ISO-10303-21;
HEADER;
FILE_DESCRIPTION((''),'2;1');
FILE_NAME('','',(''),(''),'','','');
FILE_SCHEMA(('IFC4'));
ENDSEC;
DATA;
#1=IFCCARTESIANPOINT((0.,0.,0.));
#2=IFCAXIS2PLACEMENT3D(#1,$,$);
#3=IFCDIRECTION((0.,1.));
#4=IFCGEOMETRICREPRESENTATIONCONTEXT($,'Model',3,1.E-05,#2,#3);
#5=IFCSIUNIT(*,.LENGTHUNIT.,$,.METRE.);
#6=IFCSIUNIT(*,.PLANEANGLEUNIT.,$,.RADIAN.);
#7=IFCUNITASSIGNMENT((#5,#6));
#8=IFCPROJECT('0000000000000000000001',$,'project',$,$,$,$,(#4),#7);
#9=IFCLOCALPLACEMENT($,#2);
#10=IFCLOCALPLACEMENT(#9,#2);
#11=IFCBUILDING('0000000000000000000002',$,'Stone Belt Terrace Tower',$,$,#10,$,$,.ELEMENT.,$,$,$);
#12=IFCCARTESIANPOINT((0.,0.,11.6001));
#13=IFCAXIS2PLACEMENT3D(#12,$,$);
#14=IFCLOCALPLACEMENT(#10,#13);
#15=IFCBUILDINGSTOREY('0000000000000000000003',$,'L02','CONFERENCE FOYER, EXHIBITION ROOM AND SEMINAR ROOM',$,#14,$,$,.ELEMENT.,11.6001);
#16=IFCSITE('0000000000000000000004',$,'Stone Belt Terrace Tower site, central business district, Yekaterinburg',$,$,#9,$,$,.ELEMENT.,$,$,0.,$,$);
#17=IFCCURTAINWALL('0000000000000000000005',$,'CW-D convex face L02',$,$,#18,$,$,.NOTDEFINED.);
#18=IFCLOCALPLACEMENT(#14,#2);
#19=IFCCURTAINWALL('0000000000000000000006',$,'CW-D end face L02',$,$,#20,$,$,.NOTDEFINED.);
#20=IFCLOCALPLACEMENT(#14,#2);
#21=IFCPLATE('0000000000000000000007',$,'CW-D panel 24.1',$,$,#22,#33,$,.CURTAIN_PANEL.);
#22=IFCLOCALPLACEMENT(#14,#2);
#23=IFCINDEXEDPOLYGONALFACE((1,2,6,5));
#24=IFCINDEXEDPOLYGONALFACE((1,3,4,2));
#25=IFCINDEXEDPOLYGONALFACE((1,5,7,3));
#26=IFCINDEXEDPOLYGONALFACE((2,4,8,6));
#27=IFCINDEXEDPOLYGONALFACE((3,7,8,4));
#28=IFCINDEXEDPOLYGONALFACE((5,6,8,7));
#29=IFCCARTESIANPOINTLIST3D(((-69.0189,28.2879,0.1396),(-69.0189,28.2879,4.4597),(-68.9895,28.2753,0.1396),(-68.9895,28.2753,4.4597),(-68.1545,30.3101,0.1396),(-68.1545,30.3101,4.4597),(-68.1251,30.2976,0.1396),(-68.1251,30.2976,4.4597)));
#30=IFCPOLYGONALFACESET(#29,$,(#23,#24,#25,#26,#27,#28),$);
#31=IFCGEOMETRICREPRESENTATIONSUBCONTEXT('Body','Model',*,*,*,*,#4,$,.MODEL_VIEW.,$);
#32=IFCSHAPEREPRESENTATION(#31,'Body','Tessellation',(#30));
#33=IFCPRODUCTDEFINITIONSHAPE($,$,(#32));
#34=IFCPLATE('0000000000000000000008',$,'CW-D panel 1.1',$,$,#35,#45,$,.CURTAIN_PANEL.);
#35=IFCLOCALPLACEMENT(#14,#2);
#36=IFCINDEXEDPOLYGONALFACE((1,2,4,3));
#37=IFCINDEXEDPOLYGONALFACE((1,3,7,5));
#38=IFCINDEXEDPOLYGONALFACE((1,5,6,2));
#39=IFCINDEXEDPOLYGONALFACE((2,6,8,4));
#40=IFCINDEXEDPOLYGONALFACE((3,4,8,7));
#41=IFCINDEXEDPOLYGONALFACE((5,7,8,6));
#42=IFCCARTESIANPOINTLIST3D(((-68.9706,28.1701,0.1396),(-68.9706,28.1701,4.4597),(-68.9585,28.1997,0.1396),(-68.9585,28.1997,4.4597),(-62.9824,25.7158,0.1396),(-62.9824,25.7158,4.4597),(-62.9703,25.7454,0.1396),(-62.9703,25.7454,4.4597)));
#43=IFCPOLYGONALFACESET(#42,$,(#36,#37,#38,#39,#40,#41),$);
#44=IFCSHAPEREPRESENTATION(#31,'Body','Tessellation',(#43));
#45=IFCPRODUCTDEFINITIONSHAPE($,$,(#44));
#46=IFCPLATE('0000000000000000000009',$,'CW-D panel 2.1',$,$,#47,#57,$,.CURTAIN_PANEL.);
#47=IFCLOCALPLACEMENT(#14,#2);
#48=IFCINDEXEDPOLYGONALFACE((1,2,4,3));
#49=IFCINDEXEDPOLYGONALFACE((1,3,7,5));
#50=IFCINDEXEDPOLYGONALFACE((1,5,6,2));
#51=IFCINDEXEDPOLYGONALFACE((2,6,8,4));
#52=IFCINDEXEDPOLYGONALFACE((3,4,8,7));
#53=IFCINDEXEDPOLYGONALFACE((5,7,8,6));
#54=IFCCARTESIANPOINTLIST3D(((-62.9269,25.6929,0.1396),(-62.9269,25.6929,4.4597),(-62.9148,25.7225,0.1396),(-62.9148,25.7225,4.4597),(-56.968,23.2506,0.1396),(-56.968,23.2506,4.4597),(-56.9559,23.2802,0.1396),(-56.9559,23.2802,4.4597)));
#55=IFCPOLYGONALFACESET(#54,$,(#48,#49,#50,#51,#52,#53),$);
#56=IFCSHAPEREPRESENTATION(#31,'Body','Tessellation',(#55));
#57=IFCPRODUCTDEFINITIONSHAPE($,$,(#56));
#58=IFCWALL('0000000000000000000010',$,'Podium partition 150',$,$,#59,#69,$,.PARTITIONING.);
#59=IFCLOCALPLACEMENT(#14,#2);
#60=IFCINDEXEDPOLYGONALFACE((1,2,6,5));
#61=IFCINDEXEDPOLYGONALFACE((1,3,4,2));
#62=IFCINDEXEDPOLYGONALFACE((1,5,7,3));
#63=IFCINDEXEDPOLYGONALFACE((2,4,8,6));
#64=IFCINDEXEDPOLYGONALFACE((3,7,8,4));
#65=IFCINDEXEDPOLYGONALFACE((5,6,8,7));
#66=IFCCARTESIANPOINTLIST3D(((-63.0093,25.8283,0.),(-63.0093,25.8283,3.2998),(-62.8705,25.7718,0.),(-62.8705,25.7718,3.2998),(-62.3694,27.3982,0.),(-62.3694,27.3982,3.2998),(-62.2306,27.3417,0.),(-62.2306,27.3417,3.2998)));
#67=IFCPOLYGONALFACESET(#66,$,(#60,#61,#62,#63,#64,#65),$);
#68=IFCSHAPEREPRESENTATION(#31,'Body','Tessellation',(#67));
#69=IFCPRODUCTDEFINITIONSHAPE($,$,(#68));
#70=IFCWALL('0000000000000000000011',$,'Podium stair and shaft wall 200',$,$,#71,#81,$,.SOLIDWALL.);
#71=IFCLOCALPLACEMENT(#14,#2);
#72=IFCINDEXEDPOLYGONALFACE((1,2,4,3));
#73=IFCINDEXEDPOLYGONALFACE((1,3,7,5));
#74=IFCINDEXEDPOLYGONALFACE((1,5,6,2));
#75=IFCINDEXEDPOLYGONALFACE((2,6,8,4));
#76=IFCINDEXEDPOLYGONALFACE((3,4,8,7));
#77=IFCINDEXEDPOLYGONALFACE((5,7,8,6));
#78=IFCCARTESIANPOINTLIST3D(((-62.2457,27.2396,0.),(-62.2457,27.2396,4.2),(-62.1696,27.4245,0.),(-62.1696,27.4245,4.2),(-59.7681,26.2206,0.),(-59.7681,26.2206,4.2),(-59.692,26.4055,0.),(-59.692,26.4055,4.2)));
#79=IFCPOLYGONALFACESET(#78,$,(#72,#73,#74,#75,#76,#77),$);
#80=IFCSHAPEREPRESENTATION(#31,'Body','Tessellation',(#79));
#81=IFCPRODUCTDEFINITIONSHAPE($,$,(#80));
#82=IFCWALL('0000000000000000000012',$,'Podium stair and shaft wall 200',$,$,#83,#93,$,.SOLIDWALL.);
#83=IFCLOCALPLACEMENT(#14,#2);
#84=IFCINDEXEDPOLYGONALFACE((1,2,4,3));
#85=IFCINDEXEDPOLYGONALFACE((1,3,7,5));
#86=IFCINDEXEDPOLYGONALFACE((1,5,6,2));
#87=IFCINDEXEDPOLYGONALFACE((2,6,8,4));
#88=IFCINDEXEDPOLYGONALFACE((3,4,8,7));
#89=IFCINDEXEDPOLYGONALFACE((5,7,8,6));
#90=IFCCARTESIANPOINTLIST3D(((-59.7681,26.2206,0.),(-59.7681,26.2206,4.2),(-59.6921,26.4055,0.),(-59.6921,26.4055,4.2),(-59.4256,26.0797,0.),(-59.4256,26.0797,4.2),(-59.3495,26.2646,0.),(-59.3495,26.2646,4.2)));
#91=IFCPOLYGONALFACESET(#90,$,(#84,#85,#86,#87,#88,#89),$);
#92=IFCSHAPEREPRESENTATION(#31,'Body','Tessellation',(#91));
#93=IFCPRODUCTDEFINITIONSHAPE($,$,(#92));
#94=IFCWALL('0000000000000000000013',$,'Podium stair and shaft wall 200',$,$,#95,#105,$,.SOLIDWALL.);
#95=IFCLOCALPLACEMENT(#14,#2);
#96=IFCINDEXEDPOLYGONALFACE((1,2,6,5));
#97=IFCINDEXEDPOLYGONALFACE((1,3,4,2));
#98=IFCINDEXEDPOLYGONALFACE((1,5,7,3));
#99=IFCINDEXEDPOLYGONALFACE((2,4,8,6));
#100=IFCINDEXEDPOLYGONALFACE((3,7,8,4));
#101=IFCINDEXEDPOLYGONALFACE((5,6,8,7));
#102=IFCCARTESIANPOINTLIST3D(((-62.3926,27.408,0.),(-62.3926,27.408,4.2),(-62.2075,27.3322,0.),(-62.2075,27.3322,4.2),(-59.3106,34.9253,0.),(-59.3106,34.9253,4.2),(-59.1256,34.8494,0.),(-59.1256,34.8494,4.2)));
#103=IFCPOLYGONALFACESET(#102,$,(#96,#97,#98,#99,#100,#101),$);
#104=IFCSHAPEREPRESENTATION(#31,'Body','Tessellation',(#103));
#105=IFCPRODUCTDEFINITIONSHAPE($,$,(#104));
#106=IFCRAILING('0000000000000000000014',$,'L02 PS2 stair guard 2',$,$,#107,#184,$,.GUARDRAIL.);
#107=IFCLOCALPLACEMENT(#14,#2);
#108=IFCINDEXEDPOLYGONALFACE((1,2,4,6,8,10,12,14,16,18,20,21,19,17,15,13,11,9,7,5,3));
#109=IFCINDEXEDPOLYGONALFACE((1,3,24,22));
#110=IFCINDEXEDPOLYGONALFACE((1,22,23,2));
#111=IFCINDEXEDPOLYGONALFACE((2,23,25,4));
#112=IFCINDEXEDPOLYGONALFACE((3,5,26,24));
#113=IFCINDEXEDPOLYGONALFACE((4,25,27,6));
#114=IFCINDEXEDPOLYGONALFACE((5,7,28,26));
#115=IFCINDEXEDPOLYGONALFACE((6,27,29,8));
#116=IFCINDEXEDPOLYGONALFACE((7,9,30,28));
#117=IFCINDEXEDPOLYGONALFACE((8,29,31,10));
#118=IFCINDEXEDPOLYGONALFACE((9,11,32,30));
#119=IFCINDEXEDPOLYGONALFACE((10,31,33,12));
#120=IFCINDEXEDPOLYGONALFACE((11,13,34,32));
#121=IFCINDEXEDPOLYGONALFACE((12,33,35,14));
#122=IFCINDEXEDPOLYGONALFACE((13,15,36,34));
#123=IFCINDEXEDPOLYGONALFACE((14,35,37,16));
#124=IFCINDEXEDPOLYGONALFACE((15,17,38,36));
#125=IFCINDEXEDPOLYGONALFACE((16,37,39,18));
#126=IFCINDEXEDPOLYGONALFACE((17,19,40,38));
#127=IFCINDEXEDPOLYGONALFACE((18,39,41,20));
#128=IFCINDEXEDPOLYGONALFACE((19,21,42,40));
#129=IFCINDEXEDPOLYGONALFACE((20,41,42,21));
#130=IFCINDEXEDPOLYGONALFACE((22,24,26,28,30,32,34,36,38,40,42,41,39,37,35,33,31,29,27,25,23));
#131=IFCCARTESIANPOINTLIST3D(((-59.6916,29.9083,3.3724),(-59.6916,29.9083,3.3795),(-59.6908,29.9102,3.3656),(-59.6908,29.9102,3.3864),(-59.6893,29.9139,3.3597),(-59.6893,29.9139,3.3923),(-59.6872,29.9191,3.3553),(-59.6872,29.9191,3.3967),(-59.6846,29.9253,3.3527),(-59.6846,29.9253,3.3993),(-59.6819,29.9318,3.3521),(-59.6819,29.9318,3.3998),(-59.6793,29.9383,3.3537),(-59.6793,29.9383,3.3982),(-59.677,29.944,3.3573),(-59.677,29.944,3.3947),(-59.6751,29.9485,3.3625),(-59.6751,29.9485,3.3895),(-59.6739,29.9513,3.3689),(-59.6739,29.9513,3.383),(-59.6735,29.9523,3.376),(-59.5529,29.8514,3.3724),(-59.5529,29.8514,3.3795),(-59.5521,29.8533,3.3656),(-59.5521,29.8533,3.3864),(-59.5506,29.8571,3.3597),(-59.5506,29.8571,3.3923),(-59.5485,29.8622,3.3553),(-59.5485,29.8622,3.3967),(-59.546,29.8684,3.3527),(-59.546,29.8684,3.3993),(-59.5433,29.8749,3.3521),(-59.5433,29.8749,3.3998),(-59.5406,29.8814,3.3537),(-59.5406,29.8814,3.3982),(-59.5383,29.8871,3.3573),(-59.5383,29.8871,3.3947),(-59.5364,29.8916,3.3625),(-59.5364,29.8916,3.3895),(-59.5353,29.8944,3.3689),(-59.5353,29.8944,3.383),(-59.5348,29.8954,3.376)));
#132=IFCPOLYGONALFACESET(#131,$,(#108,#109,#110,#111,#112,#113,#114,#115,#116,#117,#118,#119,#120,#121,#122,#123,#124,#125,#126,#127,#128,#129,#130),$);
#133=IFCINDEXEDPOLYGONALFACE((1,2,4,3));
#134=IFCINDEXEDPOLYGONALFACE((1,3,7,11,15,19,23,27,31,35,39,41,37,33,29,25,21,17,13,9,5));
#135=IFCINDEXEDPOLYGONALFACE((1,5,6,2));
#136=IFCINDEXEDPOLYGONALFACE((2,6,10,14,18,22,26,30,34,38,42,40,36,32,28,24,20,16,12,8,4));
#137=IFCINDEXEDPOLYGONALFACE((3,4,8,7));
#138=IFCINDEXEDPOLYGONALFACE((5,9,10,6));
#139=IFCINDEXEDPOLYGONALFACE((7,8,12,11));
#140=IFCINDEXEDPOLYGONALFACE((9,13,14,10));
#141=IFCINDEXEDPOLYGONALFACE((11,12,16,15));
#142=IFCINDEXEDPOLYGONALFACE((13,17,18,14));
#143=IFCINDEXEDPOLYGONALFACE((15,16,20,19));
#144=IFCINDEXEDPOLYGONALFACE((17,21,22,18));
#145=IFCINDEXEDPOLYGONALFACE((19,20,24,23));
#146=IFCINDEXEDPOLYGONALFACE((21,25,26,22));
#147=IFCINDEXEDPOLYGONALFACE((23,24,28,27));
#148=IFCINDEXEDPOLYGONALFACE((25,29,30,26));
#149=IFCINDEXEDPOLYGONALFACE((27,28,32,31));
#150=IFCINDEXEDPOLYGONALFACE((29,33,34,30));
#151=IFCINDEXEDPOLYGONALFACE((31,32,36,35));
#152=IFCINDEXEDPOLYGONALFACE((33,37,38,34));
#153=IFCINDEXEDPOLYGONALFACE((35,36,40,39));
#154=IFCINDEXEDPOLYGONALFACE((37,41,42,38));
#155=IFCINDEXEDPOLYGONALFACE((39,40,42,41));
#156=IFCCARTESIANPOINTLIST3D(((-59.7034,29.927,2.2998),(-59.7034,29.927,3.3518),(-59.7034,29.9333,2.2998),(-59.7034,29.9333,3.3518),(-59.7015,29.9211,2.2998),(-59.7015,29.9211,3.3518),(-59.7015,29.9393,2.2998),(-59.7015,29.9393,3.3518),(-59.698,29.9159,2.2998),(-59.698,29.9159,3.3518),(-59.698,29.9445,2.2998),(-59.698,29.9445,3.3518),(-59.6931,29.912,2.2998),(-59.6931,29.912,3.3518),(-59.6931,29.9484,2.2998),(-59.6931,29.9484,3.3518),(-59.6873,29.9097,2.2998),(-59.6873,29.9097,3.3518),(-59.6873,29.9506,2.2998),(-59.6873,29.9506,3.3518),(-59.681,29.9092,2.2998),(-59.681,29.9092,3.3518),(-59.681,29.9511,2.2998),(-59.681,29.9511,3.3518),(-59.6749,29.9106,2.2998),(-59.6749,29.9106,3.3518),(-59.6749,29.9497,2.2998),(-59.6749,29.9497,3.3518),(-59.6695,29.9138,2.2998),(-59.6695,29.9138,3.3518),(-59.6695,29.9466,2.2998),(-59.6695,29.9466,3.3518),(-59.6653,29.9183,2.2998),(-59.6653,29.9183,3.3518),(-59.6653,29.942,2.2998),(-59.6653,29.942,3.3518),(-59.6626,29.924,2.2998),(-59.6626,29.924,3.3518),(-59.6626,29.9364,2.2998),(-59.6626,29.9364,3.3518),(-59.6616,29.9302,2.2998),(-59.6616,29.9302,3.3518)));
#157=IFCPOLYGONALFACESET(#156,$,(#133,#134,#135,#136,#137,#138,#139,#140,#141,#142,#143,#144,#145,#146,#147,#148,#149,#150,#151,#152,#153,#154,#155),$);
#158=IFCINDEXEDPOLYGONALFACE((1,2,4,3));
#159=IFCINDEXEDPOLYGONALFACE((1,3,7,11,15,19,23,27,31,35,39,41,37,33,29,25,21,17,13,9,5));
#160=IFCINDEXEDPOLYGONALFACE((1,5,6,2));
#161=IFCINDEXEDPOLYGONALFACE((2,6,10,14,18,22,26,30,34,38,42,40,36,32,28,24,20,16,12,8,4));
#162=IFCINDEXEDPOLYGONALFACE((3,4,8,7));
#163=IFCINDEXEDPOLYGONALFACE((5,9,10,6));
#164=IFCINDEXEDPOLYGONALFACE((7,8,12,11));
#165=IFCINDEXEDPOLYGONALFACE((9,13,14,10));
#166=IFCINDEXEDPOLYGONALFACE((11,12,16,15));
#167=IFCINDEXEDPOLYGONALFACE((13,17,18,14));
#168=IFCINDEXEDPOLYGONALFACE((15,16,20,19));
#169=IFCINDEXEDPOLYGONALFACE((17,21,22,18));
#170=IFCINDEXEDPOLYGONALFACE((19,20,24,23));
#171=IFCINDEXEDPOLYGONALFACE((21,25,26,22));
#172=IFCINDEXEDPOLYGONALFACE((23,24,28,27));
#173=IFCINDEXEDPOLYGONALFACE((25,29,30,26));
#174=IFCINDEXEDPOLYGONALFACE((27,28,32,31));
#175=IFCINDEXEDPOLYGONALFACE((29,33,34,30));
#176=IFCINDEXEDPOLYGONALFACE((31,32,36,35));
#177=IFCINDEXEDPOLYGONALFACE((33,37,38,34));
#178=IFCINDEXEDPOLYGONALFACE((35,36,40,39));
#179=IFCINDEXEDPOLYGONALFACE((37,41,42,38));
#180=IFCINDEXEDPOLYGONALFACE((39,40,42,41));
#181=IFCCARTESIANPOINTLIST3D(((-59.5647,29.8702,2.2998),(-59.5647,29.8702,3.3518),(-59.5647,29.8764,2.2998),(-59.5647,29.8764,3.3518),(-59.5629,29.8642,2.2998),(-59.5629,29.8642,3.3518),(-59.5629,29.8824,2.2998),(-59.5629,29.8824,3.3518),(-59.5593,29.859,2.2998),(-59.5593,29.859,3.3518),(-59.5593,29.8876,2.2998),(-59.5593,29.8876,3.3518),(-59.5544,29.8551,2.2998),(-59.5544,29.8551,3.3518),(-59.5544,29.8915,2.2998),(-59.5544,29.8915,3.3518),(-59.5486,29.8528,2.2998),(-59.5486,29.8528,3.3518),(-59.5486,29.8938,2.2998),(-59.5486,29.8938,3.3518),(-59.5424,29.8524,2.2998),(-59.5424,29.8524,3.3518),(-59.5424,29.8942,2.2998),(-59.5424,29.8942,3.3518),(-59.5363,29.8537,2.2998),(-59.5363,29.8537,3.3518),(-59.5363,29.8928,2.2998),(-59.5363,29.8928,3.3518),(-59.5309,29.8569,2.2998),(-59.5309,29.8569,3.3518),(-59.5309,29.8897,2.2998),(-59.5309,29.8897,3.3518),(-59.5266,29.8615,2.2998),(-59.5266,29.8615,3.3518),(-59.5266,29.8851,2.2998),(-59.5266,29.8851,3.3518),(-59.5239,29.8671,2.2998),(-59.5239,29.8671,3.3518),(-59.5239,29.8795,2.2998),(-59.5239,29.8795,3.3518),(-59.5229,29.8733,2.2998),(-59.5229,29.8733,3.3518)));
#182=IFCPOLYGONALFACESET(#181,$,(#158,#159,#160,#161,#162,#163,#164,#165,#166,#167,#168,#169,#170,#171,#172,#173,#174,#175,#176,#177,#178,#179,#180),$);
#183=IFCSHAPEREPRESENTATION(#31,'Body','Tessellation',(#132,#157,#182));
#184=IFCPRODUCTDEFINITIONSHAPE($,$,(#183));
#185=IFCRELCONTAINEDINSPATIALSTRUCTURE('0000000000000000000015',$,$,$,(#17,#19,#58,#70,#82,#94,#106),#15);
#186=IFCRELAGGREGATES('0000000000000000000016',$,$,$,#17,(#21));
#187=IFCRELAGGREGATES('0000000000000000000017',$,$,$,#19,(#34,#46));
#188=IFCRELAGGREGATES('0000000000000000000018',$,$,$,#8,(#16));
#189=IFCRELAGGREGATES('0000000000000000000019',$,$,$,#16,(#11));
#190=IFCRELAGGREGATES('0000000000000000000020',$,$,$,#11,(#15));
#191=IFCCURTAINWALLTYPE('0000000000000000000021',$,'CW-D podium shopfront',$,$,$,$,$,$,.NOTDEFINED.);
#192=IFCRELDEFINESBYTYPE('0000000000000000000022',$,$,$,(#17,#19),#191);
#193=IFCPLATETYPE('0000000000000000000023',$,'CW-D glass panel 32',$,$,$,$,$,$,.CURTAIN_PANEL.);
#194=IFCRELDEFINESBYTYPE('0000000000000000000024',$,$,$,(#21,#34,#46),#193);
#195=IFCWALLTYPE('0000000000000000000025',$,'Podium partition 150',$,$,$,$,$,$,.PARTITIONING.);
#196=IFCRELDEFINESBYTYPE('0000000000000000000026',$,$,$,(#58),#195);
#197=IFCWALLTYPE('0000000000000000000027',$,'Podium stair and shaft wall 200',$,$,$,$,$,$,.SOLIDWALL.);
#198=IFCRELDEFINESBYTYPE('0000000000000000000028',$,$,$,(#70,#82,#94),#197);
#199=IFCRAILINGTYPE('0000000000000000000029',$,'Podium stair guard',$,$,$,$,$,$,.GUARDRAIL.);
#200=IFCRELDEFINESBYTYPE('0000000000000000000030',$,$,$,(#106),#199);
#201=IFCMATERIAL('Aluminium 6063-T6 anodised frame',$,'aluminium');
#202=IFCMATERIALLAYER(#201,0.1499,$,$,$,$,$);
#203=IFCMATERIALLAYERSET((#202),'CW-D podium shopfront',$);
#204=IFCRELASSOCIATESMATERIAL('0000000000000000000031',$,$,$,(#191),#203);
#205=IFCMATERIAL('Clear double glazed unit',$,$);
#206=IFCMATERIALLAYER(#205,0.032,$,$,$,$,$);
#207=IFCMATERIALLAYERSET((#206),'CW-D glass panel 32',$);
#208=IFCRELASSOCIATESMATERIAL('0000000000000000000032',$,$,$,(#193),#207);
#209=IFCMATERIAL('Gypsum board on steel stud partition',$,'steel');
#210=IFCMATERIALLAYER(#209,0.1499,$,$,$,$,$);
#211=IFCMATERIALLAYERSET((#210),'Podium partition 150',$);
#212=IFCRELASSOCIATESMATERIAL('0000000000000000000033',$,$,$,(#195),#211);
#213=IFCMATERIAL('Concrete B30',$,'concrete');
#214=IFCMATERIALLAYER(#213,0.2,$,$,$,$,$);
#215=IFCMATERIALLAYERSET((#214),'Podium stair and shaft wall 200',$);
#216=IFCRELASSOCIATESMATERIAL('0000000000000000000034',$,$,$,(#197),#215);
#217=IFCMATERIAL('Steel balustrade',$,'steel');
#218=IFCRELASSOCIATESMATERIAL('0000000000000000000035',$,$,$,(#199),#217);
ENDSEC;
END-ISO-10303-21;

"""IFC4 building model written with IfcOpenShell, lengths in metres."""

from ifc_helpers import new_model, si_unit, direction, frame, frame_2d, origin, origin_2d, place, context, subcontext, project, spatial, rectangle, circle, extrude, material, layer, layer_set, type_object, element, aggregate, save


model = new_model("IFC4")

# Units and contexts
model_context = context("Model", 3, precision=1e-05, world=origin(), true_north=direction((0.0, 1.0)))
body_context = subcontext(model_context, "Body", "Model", "MODEL_VIEW")
ifc_project = project(units=[si_unit("LENGTHUNIT", "METRE"), si_unit("PLANEANGLEUNIT", "RADIAN")], contexts=[model_context])

# Site, building, storey
site_placement = place(None, origin())
site = spatial("IfcSite", under=ifc_project, at=site_placement, Name="Stone Belt Terrace Tower site, central business district, Yekaterinburg", CompositionType="ELEMENT", RefElevation=0.0)
building_placement = place(site_placement, origin())
building = spatial("IfcBuilding", under=site, at=building_placement, Name="Stone Belt Terrace Tower", CompositionType="ELEMENT")
storey_placement = place(building_placement, frame((0.0, 0.0, 11.6001)))
storey = spatial("IfcBuildingStorey", under=building, at=storey_placement, Name="L02", Description="CONFERENCE FOYER, EXHIBITION ROOM AND SEMINAR ROOM", CompositionType="ELEMENT", Elevation=11.6001)

# Curtain wall
ifc_material_1 = material(Name="Aluminium 6063-T6 anodised frame", Category="aluminium")
ifc_layer_1 = layer(ifc_material_1, 0.1499)
ifc_layer_set_1 = layer_set([ifc_layer_1], Name="CW-D podium shopfront")
curtain_wall_type = type_object("IfcCurtainWallType", Name="CW-D podium shopfront", PredefinedType="NOTDEFINED", material=ifc_layer_set_1)
curtain_wall_1_placement = place(storey_placement, origin())
curtain_wall_1 = element("IfcCurtainWall", 1, at=curtain_wall_1_placement, inside=storey, type_object=curtain_wall_type, Name="CW-D convex face L02", PredefinedType="NOTDEFINED")

# Curtain wall
curtain_wall_2_placement = place(storey_placement, origin())
curtain_wall_2 = element("IfcCurtainWall", 2, at=curtain_wall_2_placement, inside=storey, type_object=curtain_wall_type, Name="CW-D end face L02", PredefinedType="NOTDEFINED")

# Plates
ifc_material_2 = material(Name="Clear double glazed unit")
ifc_layer_2 = layer(ifc_material_2, 0.032)
ifc_layer_set_2 = layer_set([ifc_layer_2], Name="CW-D glass panel 32")
plate_type = type_object("IfcPlateType", Name="CW-D glass panel 32", PredefinedType="CURTAIN_PANEL", material=ifc_layer_set_2)
plate_1_placement = place(storey_placement, frame((-68.572, 29.2927, 0.1396), z_axis=(0.0, 0.0, 1.0), x_axis=(-0.393034, -0.919524, 0.0)))
plate_1 = element("IfcPlate", 3, at=plate_1_placement, type_object=plate_type, Name="CW-D panel 24.1", PredefinedType="CURTAIN_PANEL", context=body_context, shape_type="SweptSolid", body=[
    extrude(rectangle(XDim=2.1992, YDim=0.032, at=origin_2d()), origin(), (0.0, 0.0, 1.0), 4.3201),
])
aggregate(curtain_wall_1, [plate_1])
plate_2_placement = place(storey_placement, frame((-65.9705, 26.9578, 0.1396), z_axis=(0.0, 0.0, 1.0), x_axis=(0.925297, -0.379243, 0.0)))
plate_2 = element("IfcPlate", 4, at=plate_2_placement, type_object=plate_type, Name="CW-D panel 1.1", PredefinedType="CURTAIN_PANEL", context=body_context, shape_type="SweptSolid", body=[
    extrude(rectangle(XDim=6.4717, YDim=0.032, at=origin_2d()), origin(), (0.0, 0.0, 1.0), 4.3201),
])
plate_3_placement = place(storey_placement, frame((-59.9414, 24.4866, 0.1396), z_axis=(0.0, 0.0, 1.0), x_axis=(0.925297, -0.379243, 0.0)))
plate_3 = element("IfcPlate", 5, at=plate_3_placement, type_object=plate_type, Name="CW-D panel 2.1", PredefinedType="CURTAIN_PANEL", context=body_context, shape_type="SweptSolid", body=[
    extrude(rectangle(XDim=6.4399, YDim=0.032, at=origin_2d()), origin(), (0.0, 0.0, 1.0), 4.3201),
])
aggregate(curtain_wall_2, [plate_2, plate_3])

# Walls
ifc_material_3 = material(Name="Gypsum board on steel stud partition", Category="steel")
ifc_layer_3 = layer(ifc_material_3, 0.1499)
ifc_layer_set_3 = layer_set([ifc_layer_3], Name="Podium partition 150")
wall_type_1 = type_object("IfcWallType", Name="Podium partition 150", PredefinedType="PARTITIONING", material=ifc_layer_set_3)
wall_1_placement = place(storey_placement, frame((-62.9399, 25.8, 0.0), z_axis=(0.0, 0.0, 1.0), x_axis=(0.377466, 0.926023, 0.0)))
element("IfcWall", 6, at=wall_1_placement, inside=storey, type_object=wall_type_1, Name="Podium partition 150", PredefinedType="PARTITIONING", context=body_context, shape_type="SweptSolid", body=[
    extrude(rectangle(XDim=1.6953, YDim=0.1499, at=frame_2d((0.8477, 0.0))), origin(), (0.0, 0.0, 1.0), 3.2998),
])
ifc_material_4 = material(Name="Concrete B30", Category="concrete")
ifc_layer_4 = layer(ifc_material_4, 0.2)
ifc_layer_set_4 = layer_set([ifc_layer_4], Name="Podium stair and shaft wall 200")
wall_type_2 = type_object("IfcWallType", Name="Podium stair and shaft wall 200", PredefinedType="SOLIDWALL", material=ifc_layer_set_4)
wall_2_placement = place(storey_placement, frame((-62.2075, 27.332, 0.0), z_axis=(0.0, 0.0, 1.0), x_axis=(0.924825, -0.380392, 0.0)))
element("IfcWall", 7, at=wall_2_placement, inside=storey, type_object=wall_type_2, Name="Podium stair and shaft wall 200", PredefinedType="SOLIDWALL", context=body_context, shape_type="SweptSolid", body=[
    extrude(rectangle(XDim=2.679, YDim=0.2, at=frame_2d((1.3394, 0.0))), origin(), (0.0, 0.0, 1.0), 4.2),
])
wall_3_placement = place(storey_placement, frame((-59.73, 26.313, 0.0), z_axis=(0.0, 0.0, 1.0), x_axis=(0.924842, -0.380352, 0.0)))
element("IfcWall", 8, at=wall_3_placement, inside=storey, type_object=wall_type_2, Name="Podium stair and shaft wall 200", PredefinedType="SOLIDWALL", context=body_context, shape_type="SweptSolid", body=[
    extrude(rectangle(XDim=0.3704, YDim=0.2, at=frame_2d((0.1851, 0.0))), origin(), (0.0, 0.0, 1.0), 4.2),
])
wall_4_placement = place(storey_placement, frame((-62.3, 27.3701, 0.0), z_axis=(0.0, 0.0, 1.0), x_axis=(0.379345, 0.925255, 0.0)))
element("IfcWall", 9, at=wall_4_placement, inside=storey, type_object=wall_type_2, Name="Podium stair and shaft wall 200", PredefinedType="SOLIDWALL", context=body_context, shape_type="SweptSolid", body=[
    extrude(rectangle(XDim=8.1245, YDim=0.2, at=frame_2d((4.0623, 0.0))), origin(), (0.0, 0.0, 1.0), 4.2),
])

# Railing
ifc_material_5 = material(Name="Steel balustrade", Category="steel")
railing_type_1 = type_object("IfcRailingType", Name="Podium stair guard", PredefinedType="GUARDRAIL", material=ifc_material_5)
railing_1_placement = place(storey_placement, frame((-59.6826, 29.9302, 2.2998)))
element("IfcRailing", 10, at=railing_1_placement, inside=storey, type_object=railing_type_1, Name="L02 PS2 stair guard 2", PredefinedType="GUARDRAIL", context=body_context, shape_type="SweptSolid", body=[
    extrude(circle(Radius=0.0239, at=origin_2d()), frame((0.0, 0.0, 1.0762), z_axis=(0.925183, -0.379521, 0.0), x_axis=(0.379521, 0.925183, 0.0)), (0.0, 0.0, 1.0), 0.1499),
    extrude(circle(Radius=0.021, at=origin_2d()), origin(), (0.0, 0.0, 1.0), 1.052),
    extrude(circle(Radius=0.021, at=origin_2d()), frame((0.1387, -0.0569, 0.0)), (0.0, 0.0, 1.0), 1.052),
])

save(model, "model.ifc")
